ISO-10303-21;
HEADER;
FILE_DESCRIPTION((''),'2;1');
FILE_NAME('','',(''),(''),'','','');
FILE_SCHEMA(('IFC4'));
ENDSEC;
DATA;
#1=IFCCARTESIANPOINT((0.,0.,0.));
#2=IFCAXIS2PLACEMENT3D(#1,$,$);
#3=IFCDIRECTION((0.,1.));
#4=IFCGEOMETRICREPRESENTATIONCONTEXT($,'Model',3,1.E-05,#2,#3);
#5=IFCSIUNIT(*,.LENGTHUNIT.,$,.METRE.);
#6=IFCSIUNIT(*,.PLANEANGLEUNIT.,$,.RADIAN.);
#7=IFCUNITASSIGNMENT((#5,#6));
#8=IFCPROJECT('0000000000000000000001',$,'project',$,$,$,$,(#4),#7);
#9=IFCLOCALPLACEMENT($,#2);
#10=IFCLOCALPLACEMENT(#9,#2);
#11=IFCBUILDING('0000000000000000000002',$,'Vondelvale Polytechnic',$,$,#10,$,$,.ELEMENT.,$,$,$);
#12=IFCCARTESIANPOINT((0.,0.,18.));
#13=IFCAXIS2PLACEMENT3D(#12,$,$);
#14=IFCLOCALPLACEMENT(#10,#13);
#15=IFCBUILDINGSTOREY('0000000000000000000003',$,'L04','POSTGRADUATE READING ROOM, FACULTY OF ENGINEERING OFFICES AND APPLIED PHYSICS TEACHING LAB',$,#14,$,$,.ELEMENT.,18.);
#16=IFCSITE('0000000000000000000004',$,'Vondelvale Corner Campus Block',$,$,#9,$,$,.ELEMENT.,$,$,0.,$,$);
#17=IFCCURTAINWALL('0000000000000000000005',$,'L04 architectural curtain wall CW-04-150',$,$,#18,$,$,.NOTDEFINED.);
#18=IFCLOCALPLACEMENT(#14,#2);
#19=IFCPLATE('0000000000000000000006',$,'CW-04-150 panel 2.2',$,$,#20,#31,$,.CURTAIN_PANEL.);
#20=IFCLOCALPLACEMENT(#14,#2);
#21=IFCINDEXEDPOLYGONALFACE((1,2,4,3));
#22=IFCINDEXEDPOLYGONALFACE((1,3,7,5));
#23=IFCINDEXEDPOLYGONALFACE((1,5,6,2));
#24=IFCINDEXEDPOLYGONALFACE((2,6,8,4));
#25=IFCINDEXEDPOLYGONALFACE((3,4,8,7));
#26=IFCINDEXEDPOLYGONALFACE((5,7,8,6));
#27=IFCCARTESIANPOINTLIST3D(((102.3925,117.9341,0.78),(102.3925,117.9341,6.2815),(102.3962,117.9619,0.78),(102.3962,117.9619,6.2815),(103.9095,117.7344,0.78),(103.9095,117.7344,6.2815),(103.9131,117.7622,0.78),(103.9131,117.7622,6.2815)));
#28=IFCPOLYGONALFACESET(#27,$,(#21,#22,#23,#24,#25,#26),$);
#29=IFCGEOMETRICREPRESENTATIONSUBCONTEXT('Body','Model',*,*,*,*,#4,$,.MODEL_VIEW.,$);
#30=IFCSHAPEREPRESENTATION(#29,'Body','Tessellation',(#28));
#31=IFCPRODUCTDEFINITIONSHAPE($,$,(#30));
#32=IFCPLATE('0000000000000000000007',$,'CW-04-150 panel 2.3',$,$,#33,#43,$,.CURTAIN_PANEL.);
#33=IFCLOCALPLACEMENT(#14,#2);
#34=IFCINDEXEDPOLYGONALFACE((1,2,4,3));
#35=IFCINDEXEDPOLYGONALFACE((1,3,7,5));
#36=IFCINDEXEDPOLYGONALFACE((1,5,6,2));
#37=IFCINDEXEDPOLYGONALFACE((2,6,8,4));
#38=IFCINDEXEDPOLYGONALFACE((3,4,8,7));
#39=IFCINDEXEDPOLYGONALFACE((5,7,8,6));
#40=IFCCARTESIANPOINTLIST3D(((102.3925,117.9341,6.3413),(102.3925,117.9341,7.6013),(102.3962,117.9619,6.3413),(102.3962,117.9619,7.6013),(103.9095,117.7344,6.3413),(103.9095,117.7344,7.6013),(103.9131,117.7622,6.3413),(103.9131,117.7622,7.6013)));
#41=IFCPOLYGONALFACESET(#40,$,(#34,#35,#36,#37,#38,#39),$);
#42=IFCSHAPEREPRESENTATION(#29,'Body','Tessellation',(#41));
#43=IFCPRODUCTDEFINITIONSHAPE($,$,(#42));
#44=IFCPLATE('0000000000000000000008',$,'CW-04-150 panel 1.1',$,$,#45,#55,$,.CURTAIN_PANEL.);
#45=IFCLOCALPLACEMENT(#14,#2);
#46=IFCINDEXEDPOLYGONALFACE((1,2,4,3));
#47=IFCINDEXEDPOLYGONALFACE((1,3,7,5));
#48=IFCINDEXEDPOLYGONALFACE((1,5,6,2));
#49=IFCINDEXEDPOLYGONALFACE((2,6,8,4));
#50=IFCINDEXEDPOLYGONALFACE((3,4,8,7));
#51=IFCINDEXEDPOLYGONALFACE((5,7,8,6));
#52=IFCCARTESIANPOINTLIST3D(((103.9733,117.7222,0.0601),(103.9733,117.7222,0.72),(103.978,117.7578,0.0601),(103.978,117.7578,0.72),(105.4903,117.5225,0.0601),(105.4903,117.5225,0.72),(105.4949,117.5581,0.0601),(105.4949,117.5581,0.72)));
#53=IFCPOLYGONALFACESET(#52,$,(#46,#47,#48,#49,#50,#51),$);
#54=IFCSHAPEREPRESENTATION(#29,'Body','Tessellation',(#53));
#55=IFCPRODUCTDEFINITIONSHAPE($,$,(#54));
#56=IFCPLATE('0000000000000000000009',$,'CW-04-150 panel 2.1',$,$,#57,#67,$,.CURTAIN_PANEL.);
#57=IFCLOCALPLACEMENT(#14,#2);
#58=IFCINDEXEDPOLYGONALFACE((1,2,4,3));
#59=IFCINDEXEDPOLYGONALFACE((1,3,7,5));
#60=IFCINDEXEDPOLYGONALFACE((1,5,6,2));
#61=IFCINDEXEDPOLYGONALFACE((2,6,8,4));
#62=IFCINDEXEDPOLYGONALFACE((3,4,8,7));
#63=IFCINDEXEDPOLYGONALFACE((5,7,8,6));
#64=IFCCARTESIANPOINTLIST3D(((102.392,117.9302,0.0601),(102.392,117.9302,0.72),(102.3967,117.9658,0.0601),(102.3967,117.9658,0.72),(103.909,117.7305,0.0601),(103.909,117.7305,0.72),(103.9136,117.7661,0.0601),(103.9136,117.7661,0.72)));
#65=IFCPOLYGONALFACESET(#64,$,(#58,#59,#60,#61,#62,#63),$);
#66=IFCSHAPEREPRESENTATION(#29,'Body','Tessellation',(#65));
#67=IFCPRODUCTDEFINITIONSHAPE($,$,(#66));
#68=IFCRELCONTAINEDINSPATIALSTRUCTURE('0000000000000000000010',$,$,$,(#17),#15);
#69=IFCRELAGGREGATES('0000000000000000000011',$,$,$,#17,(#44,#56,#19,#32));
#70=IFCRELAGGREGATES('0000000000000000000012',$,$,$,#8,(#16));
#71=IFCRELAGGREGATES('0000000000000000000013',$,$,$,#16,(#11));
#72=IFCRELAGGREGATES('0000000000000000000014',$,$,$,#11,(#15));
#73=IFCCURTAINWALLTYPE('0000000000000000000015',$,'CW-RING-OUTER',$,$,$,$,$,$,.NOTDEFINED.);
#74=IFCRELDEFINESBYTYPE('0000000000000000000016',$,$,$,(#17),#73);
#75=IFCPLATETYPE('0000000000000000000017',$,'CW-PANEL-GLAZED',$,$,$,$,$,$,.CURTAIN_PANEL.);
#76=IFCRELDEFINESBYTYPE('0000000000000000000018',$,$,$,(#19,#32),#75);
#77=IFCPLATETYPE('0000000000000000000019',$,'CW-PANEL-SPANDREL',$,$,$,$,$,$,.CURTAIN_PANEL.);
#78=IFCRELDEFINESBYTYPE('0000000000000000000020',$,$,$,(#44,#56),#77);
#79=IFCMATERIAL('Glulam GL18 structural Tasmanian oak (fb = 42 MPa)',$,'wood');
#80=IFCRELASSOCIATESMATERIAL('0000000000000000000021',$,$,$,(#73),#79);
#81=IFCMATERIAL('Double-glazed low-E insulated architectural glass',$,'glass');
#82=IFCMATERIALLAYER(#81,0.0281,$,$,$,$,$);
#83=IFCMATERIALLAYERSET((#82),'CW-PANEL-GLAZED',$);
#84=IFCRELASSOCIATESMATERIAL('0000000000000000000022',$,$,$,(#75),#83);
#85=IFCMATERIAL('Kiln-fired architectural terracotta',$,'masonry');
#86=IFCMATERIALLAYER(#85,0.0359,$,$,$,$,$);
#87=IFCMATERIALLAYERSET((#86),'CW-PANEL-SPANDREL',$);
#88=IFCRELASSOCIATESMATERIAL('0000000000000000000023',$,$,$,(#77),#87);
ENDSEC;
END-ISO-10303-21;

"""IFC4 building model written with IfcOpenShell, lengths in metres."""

from ifc_helpers import new_model, si_unit, direction, frame, origin, origin_2d, place, context, subcontext, project, spatial, rectangle, extrude, material, layer, layer_set, type_object, element, aggregate, save


model = new_model("IFC4")

# Units and contexts
model_context = context("Model", 3, precision=1e-05, world=origin(), true_north=direction((0.0, 1.0)))
body_context = subcontext(model_context, "Body", "Model", "MODEL_VIEW")
ifc_project = project(units=[si_unit("LENGTHUNIT", "METRE"), si_unit("PLANEANGLEUNIT", "RADIAN")], contexts=[model_context])

# Site, building, storey
site_placement = place(None, origin())
site = spatial("IfcSite", under=ifc_project, at=site_placement, Name="Vondelvale Corner Campus Block", CompositionType="ELEMENT", RefElevation=0.0)
building_placement = place(site_placement, origin())
building = spatial("IfcBuilding", under=site, at=building_placement, Name="Vondelvale Polytechnic", CompositionType="ELEMENT")
storey_placement = place(building_placement, frame((0.0, 0.0, 18.0)))
storey = spatial("IfcBuildingStorey", under=building, at=storey_placement, Name="L04", Description="POSTGRADUATE READING ROOM, FACULTY OF ENGINEERING OFFICES AND APPLIED PHYSICS TEACHING LAB", CompositionType="ELEMENT", Elevation=18.0)

# Shared definitions
ifc_material_1 = material(Name="Glulam GL18 structural Tasmanian oak (fb = 42 MPa)", Category="wood")

# Shared definitions
curtain_wall_type = type_object("IfcCurtainWallType", Name="CW-RING-OUTER", PredefinedType="NOTDEFINED", material=ifc_material_1)

# Curtain wall
curtain_wall_1_placement = place(storey_placement, origin())
curtain_wall_1 = element("IfcCurtainWall", 1, at=curtain_wall_1_placement, inside=storey, type_object=curtain_wall_type, Name="L04 architectural curtain wall CW-04-150", PredefinedType="NOTDEFINED")

# Plates
ifc_material_2 = material(Name="Double-glazed low-E insulated architectural glass", Category="glass")
ifc_layer_1 = layer(ifc_material_2, 0.0281)
ifc_layer_set_1 = layer_set([ifc_layer_1], Name="CW-PANEL-GLAZED")
plate_type_1 = type_object("IfcPlateType", Name="CW-PANEL-GLAZED", PredefinedType="CURTAIN_PANEL", material=ifc_layer_set_1)
plate_1_placement = place(storey_placement, frame((103.1528, 117.8481, 0.78), z_axis=(0.0, 0.0, 1.0), x_axis=(-0.991443, 0.13054, 0.0)))
plate_1 = element("IfcPlate", 2, at=plate_1_placement, type_object=plate_type_1, Name="CW-04-150 panel 2.2", PredefinedType="CURTAIN_PANEL", context=body_context, shape_type="SweptSolid", body=[
    extrude(rectangle(XDim=1.53, YDim=0.0281, at=origin_2d()), origin(), (0.0, 0.0, 1.0), 5.5015),
])
plate_2_placement = place(storey_placement, frame((103.1528, 117.8481, 6.3413), z_axis=(0.0, 0.0, 1.0), x_axis=(-0.991443, 0.13054, 0.0)))
plate_2 = element("IfcPlate", 3, at=plate_2_placement, type_object=plate_type_1, Name="CW-04-150 panel 2.3", PredefinedType="CURTAIN_PANEL", context=body_context, shape_type="SweptSolid", body=[
    extrude(rectangle(XDim=1.53, YDim=0.0281, at=origin_2d()), origin(), (0.0, 0.0, 1.0), 1.26),
])
ifc_material_3 = material(Name="Kiln-fired architectural terracotta", Category="masonry")
ifc_layer_2 = layer(ifc_material_3, 0.0359)
ifc_layer_set_2 = layer_set([ifc_layer_2], Name="CW-PANEL-SPANDREL")
plate_type_2 = type_object("IfcPlateType", Name="CW-PANEL-SPANDREL", PredefinedType="CURTAIN_PANEL", material=ifc_layer_set_2)
plate_3_placement = place(storey_placement, frame((104.7341, 117.6401, 0.0601), z_axis=(0.0, 0.0, 1.0), x_axis=(-0.991443, 0.13054, 0.0)))
plate_3 = element("IfcPlate", 4, at=plate_3_placement, type_object=plate_type_2, Name="CW-04-150 panel 1.1", PredefinedType="CURTAIN_PANEL", context=body_context, shape_type="SweptSolid", body=[
    extrude(rectangle(XDim=1.53, YDim=0.0359, at=origin_2d()), origin(), (0.0, 0.0, 1.0), 0.6599),
])
plate_4_placement = place(storey_placement, frame((103.1528, 117.8481, 0.0601), z_axis=(0.0, 0.0, 1.0), x_axis=(-0.991443, 0.13054, 0.0)))
plate_4 = element("IfcPlate", 5, at=plate_4_placement, type_object=plate_type_2, Name="CW-04-150 panel 2.1", PredefinedType="CURTAIN_PANEL", context=body_context, shape_type="SweptSolid", body=[
    extrude(rectangle(XDim=1.53, YDim=0.0359, at=origin_2d()), origin(), (0.0, 0.0, 1.0), 0.6599),
])
aggregate(curtain_wall_1, [plate_3, plate_4, plate_1, plate_2])

save(model, "model.ifc")
